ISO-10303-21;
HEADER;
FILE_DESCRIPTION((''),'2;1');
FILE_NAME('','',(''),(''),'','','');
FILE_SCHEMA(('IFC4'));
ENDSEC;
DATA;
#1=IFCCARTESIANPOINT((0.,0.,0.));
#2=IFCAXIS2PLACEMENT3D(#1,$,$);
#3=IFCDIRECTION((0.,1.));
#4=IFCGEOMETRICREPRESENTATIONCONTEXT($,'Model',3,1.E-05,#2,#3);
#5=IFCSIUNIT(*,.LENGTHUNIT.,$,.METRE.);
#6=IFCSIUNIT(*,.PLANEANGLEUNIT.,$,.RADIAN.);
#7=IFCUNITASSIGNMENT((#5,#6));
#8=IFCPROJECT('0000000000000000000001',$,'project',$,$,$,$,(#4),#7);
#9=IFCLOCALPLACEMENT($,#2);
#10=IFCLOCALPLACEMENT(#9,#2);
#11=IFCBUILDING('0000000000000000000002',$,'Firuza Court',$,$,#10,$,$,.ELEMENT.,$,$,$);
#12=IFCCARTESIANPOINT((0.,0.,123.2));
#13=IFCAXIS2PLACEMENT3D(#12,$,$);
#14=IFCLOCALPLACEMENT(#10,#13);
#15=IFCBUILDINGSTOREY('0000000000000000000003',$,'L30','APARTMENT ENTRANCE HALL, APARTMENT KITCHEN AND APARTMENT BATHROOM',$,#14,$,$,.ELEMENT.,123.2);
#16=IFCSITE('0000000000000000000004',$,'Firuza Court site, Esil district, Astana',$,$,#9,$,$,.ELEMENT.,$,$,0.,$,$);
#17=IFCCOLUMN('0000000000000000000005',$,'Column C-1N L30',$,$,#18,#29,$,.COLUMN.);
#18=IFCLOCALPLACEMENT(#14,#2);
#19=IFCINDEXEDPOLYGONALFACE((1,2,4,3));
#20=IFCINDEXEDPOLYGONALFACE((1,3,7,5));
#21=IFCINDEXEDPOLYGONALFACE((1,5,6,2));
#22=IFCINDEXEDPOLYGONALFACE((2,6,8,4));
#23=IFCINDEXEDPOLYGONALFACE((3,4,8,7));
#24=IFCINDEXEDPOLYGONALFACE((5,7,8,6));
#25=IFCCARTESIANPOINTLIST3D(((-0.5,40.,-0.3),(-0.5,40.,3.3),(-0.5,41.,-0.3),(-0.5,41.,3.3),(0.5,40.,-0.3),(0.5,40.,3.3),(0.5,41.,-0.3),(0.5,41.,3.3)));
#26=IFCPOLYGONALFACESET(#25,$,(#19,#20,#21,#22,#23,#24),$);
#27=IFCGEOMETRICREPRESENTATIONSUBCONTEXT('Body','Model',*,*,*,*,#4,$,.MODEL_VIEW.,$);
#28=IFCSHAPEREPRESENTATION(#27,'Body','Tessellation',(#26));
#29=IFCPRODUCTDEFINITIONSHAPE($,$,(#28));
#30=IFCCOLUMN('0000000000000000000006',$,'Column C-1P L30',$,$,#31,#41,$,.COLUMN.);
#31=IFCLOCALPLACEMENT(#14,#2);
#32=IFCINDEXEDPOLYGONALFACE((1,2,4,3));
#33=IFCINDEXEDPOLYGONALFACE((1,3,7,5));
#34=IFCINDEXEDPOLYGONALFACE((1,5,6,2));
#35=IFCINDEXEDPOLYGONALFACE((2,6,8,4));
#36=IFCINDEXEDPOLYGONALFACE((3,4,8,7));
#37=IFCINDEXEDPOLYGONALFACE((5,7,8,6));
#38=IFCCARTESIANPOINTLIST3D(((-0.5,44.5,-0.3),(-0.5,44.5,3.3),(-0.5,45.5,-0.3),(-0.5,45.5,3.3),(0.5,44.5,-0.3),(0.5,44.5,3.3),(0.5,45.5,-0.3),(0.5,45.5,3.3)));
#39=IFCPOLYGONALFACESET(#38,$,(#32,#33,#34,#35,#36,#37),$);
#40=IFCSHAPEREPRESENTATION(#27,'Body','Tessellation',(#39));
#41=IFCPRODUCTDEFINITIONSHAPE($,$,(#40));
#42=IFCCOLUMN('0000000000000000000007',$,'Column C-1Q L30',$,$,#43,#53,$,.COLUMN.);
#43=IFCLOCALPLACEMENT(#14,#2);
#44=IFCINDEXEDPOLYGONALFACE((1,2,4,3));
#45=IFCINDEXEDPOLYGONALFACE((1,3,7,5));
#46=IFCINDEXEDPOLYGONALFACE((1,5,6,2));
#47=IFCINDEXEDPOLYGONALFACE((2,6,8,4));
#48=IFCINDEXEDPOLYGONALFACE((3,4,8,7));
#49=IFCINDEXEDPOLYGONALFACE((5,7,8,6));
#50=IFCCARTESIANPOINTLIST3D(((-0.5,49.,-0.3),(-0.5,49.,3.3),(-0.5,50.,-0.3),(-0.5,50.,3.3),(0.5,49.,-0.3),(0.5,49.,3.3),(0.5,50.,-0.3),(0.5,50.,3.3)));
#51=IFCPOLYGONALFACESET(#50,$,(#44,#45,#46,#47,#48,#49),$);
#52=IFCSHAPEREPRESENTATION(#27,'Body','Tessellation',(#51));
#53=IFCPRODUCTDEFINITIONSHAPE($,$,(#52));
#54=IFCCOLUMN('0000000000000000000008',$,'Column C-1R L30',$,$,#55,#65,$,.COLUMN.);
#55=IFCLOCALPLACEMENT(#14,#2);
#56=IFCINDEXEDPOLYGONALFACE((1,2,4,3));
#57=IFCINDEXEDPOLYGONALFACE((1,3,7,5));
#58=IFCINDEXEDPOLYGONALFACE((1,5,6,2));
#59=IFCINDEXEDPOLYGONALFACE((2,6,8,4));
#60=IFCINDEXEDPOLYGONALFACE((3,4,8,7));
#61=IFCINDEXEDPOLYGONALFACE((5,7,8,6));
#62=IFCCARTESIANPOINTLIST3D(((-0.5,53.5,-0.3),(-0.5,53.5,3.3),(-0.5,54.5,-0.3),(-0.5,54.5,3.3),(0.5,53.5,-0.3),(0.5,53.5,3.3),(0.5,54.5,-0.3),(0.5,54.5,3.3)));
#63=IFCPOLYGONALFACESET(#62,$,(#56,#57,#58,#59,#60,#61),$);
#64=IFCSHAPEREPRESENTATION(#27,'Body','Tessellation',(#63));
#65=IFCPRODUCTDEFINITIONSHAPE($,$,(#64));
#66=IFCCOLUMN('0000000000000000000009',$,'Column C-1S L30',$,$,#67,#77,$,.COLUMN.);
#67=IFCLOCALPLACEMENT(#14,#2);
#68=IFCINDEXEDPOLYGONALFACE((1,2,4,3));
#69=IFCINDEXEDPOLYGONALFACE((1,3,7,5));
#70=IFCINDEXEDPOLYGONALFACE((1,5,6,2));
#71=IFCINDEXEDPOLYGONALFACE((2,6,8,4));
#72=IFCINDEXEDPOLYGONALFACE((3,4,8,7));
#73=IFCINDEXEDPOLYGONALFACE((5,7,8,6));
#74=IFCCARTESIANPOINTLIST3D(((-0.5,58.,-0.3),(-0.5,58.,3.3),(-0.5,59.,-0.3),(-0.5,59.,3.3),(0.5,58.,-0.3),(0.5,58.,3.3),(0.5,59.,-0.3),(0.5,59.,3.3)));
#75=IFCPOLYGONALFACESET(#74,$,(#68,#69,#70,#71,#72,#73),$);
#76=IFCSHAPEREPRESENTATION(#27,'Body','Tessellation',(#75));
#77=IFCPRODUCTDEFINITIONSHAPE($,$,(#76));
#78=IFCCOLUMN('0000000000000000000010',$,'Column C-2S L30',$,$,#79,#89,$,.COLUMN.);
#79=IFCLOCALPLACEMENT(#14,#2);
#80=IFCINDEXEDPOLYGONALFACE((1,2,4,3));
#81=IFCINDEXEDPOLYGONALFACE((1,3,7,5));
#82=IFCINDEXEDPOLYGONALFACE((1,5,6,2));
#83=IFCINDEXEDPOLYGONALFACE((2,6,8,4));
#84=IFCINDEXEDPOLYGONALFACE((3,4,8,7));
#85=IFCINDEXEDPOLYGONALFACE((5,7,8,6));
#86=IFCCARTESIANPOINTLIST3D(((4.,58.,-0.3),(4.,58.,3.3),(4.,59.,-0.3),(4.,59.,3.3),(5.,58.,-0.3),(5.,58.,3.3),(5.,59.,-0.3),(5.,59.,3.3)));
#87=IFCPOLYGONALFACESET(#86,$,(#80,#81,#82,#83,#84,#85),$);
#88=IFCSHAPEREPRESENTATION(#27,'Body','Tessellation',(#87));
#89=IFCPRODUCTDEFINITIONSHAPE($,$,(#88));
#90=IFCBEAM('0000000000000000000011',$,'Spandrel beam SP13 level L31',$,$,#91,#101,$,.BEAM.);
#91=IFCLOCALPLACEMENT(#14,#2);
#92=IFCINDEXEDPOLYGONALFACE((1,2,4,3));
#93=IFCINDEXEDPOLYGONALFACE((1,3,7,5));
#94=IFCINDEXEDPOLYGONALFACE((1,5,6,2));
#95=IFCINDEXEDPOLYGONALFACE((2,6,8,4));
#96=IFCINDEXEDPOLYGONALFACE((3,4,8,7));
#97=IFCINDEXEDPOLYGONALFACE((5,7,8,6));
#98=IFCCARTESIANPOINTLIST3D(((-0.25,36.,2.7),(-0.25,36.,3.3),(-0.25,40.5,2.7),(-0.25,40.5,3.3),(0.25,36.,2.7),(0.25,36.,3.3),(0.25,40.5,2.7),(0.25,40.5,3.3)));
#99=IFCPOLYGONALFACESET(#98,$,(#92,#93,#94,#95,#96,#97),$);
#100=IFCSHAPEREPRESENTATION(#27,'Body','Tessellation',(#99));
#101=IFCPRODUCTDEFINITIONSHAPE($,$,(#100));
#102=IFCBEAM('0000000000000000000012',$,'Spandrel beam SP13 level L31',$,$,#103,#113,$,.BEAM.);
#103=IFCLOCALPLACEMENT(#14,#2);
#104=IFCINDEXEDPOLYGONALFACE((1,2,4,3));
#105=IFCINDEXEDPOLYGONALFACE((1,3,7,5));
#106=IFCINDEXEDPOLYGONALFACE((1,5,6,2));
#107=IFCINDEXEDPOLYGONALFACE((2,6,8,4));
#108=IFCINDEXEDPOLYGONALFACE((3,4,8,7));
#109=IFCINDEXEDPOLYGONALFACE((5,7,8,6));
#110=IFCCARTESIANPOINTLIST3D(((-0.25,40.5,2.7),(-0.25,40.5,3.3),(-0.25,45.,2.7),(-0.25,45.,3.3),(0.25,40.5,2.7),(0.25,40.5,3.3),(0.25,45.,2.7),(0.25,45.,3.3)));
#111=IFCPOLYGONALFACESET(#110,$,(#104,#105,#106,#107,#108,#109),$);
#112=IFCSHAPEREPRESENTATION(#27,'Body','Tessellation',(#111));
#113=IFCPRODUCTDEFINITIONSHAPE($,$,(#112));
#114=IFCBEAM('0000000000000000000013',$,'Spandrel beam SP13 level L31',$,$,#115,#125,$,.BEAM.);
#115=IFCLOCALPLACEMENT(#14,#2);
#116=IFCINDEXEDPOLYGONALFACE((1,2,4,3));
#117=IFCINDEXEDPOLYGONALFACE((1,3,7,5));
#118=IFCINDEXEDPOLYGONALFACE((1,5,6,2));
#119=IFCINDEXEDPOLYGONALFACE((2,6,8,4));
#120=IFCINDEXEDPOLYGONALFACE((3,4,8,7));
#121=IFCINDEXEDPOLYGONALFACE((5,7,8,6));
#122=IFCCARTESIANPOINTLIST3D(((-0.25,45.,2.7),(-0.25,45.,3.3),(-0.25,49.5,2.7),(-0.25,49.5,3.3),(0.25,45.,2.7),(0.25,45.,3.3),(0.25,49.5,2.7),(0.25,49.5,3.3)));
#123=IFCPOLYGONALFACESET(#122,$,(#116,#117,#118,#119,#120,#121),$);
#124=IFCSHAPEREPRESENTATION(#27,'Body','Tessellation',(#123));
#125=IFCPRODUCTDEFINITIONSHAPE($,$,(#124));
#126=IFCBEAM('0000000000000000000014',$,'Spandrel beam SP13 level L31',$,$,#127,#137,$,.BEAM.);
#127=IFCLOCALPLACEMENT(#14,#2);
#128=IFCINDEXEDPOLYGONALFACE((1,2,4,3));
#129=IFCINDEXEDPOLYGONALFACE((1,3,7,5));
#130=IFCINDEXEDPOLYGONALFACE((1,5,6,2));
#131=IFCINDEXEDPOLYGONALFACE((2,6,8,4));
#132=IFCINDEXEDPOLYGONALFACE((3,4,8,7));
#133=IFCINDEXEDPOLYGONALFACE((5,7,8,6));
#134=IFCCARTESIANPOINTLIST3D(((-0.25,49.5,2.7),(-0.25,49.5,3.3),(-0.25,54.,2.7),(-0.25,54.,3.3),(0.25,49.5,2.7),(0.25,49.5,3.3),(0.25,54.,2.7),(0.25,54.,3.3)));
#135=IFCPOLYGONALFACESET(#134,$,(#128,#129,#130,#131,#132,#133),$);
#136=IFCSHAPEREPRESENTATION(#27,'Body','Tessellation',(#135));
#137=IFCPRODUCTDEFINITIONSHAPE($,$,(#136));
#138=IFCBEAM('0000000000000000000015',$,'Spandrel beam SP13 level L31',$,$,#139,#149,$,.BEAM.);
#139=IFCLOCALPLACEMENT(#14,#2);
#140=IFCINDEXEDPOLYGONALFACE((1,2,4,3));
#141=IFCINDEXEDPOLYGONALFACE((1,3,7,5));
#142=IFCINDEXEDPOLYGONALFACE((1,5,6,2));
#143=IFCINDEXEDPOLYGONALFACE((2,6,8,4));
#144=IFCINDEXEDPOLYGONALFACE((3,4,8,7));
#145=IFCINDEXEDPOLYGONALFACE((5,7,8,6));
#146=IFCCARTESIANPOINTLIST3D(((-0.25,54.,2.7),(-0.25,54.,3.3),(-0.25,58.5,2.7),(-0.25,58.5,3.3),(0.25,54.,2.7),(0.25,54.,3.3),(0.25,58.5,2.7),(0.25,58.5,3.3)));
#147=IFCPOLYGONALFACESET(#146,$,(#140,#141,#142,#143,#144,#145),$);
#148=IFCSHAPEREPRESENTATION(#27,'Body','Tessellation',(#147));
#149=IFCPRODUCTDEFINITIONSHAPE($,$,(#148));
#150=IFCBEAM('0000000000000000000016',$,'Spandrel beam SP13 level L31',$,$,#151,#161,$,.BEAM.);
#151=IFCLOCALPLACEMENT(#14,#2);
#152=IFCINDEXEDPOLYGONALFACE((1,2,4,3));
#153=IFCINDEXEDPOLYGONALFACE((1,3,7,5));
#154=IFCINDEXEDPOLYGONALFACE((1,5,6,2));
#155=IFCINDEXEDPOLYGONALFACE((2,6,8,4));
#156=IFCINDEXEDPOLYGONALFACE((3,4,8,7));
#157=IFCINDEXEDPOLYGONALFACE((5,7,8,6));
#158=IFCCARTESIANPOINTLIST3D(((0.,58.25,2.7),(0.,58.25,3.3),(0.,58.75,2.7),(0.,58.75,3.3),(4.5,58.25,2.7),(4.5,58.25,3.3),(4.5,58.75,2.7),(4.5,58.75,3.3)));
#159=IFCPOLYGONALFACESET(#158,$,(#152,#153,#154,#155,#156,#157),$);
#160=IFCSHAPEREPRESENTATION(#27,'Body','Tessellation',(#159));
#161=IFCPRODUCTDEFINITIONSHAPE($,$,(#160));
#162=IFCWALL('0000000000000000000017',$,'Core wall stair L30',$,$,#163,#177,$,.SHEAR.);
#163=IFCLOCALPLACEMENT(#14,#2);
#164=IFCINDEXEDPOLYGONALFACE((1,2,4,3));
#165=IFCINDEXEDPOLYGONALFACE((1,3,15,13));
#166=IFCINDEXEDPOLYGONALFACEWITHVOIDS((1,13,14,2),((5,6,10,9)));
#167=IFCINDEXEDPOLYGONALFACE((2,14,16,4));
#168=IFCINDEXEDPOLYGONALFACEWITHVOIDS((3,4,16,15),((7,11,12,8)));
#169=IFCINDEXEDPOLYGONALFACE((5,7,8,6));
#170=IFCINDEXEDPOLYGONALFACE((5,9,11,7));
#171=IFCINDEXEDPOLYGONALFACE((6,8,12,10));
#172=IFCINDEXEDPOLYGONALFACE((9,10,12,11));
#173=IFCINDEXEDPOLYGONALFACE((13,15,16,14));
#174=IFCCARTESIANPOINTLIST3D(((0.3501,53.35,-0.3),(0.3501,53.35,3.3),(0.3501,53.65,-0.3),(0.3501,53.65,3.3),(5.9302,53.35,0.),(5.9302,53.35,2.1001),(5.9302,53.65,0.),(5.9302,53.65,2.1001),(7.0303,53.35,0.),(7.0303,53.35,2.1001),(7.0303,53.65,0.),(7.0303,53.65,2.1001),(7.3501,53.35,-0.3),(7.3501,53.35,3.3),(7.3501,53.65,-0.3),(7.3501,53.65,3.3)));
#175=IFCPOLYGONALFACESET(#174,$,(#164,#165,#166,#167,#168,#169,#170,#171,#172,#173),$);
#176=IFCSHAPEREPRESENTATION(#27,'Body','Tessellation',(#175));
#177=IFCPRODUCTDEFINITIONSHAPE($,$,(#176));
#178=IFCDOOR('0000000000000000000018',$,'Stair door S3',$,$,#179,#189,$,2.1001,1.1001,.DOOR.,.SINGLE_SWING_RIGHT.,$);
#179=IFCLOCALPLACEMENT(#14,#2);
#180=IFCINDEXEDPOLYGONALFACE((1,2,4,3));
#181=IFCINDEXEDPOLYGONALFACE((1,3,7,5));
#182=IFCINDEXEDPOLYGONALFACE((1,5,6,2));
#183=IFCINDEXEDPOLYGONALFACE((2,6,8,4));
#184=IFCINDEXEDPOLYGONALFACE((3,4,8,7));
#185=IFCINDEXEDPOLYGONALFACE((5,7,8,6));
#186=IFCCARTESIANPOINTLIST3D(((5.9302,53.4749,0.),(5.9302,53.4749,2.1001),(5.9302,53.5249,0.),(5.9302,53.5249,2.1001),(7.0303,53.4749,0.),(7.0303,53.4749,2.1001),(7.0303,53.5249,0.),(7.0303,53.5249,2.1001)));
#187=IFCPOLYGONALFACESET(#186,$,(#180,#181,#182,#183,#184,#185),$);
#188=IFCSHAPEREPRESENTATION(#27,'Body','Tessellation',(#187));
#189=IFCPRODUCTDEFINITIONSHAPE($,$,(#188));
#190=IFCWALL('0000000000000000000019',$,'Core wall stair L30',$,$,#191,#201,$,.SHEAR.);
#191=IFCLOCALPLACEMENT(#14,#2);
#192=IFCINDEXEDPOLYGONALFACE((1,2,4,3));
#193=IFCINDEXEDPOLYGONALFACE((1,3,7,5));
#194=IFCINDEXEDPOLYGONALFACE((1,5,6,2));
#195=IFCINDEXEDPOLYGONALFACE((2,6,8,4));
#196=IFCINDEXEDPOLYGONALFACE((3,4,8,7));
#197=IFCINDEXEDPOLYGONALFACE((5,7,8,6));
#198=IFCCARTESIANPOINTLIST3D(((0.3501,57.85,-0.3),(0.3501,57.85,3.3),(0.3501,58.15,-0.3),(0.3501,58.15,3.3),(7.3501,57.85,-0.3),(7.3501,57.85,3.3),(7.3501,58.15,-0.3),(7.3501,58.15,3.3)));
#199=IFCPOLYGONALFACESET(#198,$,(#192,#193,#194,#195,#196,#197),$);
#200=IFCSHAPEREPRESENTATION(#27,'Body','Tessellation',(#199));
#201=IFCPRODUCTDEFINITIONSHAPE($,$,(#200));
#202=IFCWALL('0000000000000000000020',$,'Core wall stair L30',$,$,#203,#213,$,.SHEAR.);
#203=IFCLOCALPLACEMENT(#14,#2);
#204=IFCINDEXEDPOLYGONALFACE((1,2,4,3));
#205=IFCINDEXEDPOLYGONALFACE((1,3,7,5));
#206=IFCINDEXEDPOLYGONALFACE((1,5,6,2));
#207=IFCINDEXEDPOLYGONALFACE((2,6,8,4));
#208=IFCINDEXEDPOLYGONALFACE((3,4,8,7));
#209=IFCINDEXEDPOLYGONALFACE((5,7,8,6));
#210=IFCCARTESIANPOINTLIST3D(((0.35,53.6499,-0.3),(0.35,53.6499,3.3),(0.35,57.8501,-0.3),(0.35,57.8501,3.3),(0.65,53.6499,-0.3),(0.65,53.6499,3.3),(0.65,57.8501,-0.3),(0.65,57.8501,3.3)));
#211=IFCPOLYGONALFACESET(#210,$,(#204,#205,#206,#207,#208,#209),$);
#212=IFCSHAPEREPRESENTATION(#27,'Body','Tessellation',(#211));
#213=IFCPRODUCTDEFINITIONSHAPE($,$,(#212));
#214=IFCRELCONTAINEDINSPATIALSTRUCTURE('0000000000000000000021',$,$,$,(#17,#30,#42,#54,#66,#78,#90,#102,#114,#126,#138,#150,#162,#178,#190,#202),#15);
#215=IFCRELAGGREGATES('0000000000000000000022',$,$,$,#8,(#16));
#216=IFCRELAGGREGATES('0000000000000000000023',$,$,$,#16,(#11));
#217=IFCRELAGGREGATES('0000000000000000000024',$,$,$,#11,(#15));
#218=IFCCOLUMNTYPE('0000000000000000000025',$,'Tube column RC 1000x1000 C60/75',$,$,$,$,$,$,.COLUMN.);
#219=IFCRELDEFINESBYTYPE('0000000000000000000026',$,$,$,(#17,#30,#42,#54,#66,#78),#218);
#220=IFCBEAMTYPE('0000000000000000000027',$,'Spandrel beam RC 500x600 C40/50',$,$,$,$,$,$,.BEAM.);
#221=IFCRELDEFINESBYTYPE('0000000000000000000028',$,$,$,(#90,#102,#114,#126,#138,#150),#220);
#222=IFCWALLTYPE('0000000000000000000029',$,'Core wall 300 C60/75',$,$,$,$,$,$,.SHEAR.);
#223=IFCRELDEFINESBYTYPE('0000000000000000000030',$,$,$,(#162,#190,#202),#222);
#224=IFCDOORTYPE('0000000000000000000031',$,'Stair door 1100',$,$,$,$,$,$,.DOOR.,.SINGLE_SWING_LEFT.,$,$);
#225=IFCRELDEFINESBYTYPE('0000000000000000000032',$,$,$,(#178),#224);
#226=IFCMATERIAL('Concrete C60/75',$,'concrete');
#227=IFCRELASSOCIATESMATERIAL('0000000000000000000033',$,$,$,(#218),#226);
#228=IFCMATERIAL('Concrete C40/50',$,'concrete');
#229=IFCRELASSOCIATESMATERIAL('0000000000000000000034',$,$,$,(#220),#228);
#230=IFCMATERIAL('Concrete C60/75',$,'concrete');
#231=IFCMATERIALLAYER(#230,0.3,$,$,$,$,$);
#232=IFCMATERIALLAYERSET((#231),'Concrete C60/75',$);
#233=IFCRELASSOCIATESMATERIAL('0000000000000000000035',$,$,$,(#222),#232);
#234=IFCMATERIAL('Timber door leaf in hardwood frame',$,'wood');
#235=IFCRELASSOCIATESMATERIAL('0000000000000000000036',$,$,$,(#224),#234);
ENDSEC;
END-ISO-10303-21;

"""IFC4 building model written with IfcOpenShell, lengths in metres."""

from ifc_helpers import new_model, si_unit, direction, frame, frame_2d, origin, origin_2d, place, context, subcontext, project, spatial, rectangle, extrude, material, layer, layer_set, material_profile, profile_set, type_object, element, fill, save


model = new_model("IFC4")

# Units and contexts
model_context = context("Model", 3, precision=1e-05, world=origin(), true_north=direction((0.0, 1.0)))
body_context = subcontext(model_context, "Body", "Model", "MODEL_VIEW")
ifc_project = project(units=[si_unit("LENGTHUNIT", "METRE"), si_unit("PLANEANGLEUNIT", "RADIAN")], contexts=[model_context])

# Site, building, storey
site_placement = place(None, origin())
site = spatial("IfcSite", under=ifc_project, at=site_placement, Name="Firuza Court site, Esil district, Astana", CompositionType="ELEMENT", RefElevation=0.0)
building_placement = place(site_placement, origin())
building = spatial("IfcBuilding", under=site, at=building_placement, Name="Firuza Court", CompositionType="ELEMENT")
storey_placement = place(building_placement, frame((0.0, 0.0, 123.2)))
storey = spatial("IfcBuildingStorey", under=building, at=storey_placement, Name="L30", Description="APARTMENT ENTRANCE HALL, APARTMENT KITCHEN AND APARTMENT BATHROOM", CompositionType="ELEMENT", Elevation=123.2)

# Columns
ifc_material_1 = material(Name="Concrete C60/75", Category="concrete")
ifc_material_profile_1 = material_profile(ifc_material_1, rectangle(XDim=1.0, YDim=1.0, at=origin_2d()), Name="RC 1000x1000")
ifc_profile_set_1 = profile_set([ifc_material_profile_1], Name="Concrete C60/75")
column_type = type_object("IfcColumnType", Name="Tube column RC 1000x1000 C60/75", PredefinedType="COLUMN", material=ifc_profile_set_1)
for number, where, z_axis, x_axis, name in (
    (1, (0.0, 40.5, -0.3), (0.0, 0.0, 1.0), (1.0, 0.0, 0.0), "Column C-1N L30"),
    (2, (0.0, 45.0, -0.3), (0.0, 0.0, 1.0), (1.0, 0.0, 0.0), "Column C-1P L30"),
    (3, (0.0, 49.5, -0.3), (0.0, 0.0, 1.0), (1.0, 0.0, 0.0), "Column C-1Q L30"),
    (4, (0.0, 54.0, -0.3), (0.0, 0.0, 1.0), (1.0, 0.0, 0.0), "Column C-1R L30"),
    (5, (0.0, 58.5, -0.3), (0.0, 0.0, 1.0), (1.0, 0.0, 0.0), "Column C-1S L30"),
    (6, (4.5, 58.5, -0.3), (0.0, 0.0, 1.0), (1.0, 0.0, 0.0), "Column C-2S L30"),
):
    element("IfcColumn", number, at=place(storey_placement, frame(where, z_axis=z_axis, x_axis=x_axis)), inside=storey, type_object=column_type, Name=name, PredefinedType="COLUMN", context=body_context, shape_type="SweptSolid", body=[
        extrude(rectangle(XDim=1.0, YDim=1.0, at=origin_2d()), origin(), (0.0, 0.0, 1.0), 3.6001),
    ])

# Beams
ifc_material_2 = material(Name="Concrete C40/50", Category="concrete")
ifc_material_profile_2 = material_profile(ifc_material_2, rectangle(XDim=0.5, YDim=0.6001, at=origin_2d()), Name="RC 500x600")
ifc_profile_set_2 = profile_set([ifc_material_profile_2], Name="Concrete C40/50")
beam_type = type_object("IfcBeamType", Name="Spandrel beam RC 500x600 C40/50", PredefinedType="BEAM", material=ifc_profile_set_2)
for number, where, z_axis, x_axis, name in (
    (7, (0.0, 40.5, 3.0), (0.0, -1.0, 0.0), (1.0, 0.0, 0.0), "Spandrel beam SP13 level L31"),
    (8, (0.0, 45.0, 3.0), (0.0, -1.0, 0.0), (1.0, 0.0, 0.0), "Spandrel beam SP13 level L31"),
    (9, (0.0, 49.5, 3.0), (0.0, -1.0, 0.0), (1.0, 0.0, 0.0), "Spandrel beam SP13 level L31"),
    (10, (0.0, 54.0, 3.0), (0.0, -1.0, 0.0), (1.0, 0.0, 0.0), "Spandrel beam SP13 level L31"),
    (11, (0.0, 58.5, 3.0), (0.0, -1.0, 0.0), (1.0, 0.0, 0.0), "Spandrel beam SP13 level L31"),
    (12, (4.5, 58.5, 3.0), (-1.0, 0.0, 0.0), (0.0, -1.0, 0.0), "Spandrel beam SP13 level L31"),
):
    element("IfcBeam", number, at=place(storey_placement, frame(where, z_axis=z_axis, x_axis=x_axis)), inside=storey, type_object=beam_type, Name=name, PredefinedType="BEAM", context=body_context, shape_type="SweptSolid", body=[
        extrude(rectangle(XDim=0.5, YDim=0.6001, at=origin_2d()), origin(), (0.0, 0.0, 1.0), 4.5),
    ])

# Wall, opening, door
ifc_material_3 = material(Name="Concrete C60/75", Category="concrete")
ifc_layer_1 = layer(ifc_material_3, 0.3)
ifc_layer_set_1 = layer_set([ifc_layer_1], Name="Concrete C60/75")
wall_type_1 = type_object("IfcWallType", Name="Core wall 300 C60/75", PredefinedType="SHEAR", material=ifc_layer_set_1)
wall_1_placement = place(storey_placement, frame((0.3501, 53.5, -0.3), z_axis=(0.0, 0.0, 1.0), x_axis=(1.0, 0.0, 0.0)))
wall_1 = element("IfcWall", 13, at=wall_1_placement, inside=storey, type_object=wall_type_1, Name="Core wall stair L30", PredefinedType="SHEAR", context=body_context, shape_type="SweptSolid", body=[
    extrude(rectangle(XDim=7.0, YDim=0.3, at=frame_2d((3.5, 0.0))), origin(), (0.0, 0.0, 1.0), 3.6001),
])
opening_1_placement = place(wall_1_placement, frame((5.5801, 0.0, 0.3)))
opening_1 = element("IfcOpeningElement", 14, at=opening_1_placement, cuts=wall_1, PredefinedType="OPENING", context=body_context, shape_type="SweptSolid", body=[
    extrude(rectangle(XDim=1.1001, YDim=2.1001, at=frame_2d((0.55, 1.05))), frame((0.0, 0.1621, 0.0), z_axis=(0.0, -1.0, 0.0), x_axis=(1.0, 0.0, 0.0)), (0.0, 0.0, 1.0), 0.324),
])
ifc_material_4 = material(Name="Timber door leaf in hardwood frame", Category="wood")
door_type = type_object("IfcDoorType", Name="Stair door 1100", OperationType="SINGLE_SWING_LEFT", PredefinedType="DOOR", material=ifc_material_4)
door_placement = place(opening_1_placement, origin())
door = element("IfcDoor", 15, at=door_placement, inside=storey, type_object=door_type, Name="Stair door S3", OperationType="SINGLE_SWING_RIGHT", OverallHeight=2.1001, OverallWidth=1.1001, PredefinedType="DOOR", context=body_context, shape_type="SweptSolid", body=[
    extrude(rectangle(XDim=1.1001, YDim=2.1001, at=frame_2d((0.55, 1.05))), frame((0.0, 0.0249, 0.0), z_axis=(0.0, -1.0, 0.0), x_axis=(1.0, 0.0, 0.0)), (0.0, 0.0, 1.0), 0.05),
])
fill(opening_1, door)

# Walls
wall_2_placement = place(storey_placement, frame((0.3501, 58.0, -0.3), z_axis=(0.0, 0.0, 1.0), x_axis=(1.0, 0.0, 0.0)))
element("IfcWall", 16, at=wall_2_placement, inside=storey, type_object=wall_type_1, Name="Core wall stair L30", PredefinedType="SHEAR", context=body_context, shape_type="SweptSolid", body=[
    extrude(rectangle(XDim=7.0, YDim=0.3, at=frame_2d((3.5, 0.0))), origin(), (0.0, 0.0, 1.0), 3.6001),
])
wall_3_placement = place(storey_placement, frame((0.5, 53.6499, -0.3), z_axis=(0.0, 0.0, 1.0), x_axis=(0.0, 1.0, 0.0)))
element("IfcWall", 17, at=wall_3_placement, inside=storey, type_object=wall_type_1, Name="Core wall stair L30", PredefinedType="SHEAR", context=body_context, shape_type="SweptSolid", body=[
    extrude(rectangle(XDim=4.2002, YDim=0.3, at=frame_2d((2.1001, 0.0))), origin(), (0.0, 0.0, 1.0), 3.6001),
])

save(model, "model.ifc")
